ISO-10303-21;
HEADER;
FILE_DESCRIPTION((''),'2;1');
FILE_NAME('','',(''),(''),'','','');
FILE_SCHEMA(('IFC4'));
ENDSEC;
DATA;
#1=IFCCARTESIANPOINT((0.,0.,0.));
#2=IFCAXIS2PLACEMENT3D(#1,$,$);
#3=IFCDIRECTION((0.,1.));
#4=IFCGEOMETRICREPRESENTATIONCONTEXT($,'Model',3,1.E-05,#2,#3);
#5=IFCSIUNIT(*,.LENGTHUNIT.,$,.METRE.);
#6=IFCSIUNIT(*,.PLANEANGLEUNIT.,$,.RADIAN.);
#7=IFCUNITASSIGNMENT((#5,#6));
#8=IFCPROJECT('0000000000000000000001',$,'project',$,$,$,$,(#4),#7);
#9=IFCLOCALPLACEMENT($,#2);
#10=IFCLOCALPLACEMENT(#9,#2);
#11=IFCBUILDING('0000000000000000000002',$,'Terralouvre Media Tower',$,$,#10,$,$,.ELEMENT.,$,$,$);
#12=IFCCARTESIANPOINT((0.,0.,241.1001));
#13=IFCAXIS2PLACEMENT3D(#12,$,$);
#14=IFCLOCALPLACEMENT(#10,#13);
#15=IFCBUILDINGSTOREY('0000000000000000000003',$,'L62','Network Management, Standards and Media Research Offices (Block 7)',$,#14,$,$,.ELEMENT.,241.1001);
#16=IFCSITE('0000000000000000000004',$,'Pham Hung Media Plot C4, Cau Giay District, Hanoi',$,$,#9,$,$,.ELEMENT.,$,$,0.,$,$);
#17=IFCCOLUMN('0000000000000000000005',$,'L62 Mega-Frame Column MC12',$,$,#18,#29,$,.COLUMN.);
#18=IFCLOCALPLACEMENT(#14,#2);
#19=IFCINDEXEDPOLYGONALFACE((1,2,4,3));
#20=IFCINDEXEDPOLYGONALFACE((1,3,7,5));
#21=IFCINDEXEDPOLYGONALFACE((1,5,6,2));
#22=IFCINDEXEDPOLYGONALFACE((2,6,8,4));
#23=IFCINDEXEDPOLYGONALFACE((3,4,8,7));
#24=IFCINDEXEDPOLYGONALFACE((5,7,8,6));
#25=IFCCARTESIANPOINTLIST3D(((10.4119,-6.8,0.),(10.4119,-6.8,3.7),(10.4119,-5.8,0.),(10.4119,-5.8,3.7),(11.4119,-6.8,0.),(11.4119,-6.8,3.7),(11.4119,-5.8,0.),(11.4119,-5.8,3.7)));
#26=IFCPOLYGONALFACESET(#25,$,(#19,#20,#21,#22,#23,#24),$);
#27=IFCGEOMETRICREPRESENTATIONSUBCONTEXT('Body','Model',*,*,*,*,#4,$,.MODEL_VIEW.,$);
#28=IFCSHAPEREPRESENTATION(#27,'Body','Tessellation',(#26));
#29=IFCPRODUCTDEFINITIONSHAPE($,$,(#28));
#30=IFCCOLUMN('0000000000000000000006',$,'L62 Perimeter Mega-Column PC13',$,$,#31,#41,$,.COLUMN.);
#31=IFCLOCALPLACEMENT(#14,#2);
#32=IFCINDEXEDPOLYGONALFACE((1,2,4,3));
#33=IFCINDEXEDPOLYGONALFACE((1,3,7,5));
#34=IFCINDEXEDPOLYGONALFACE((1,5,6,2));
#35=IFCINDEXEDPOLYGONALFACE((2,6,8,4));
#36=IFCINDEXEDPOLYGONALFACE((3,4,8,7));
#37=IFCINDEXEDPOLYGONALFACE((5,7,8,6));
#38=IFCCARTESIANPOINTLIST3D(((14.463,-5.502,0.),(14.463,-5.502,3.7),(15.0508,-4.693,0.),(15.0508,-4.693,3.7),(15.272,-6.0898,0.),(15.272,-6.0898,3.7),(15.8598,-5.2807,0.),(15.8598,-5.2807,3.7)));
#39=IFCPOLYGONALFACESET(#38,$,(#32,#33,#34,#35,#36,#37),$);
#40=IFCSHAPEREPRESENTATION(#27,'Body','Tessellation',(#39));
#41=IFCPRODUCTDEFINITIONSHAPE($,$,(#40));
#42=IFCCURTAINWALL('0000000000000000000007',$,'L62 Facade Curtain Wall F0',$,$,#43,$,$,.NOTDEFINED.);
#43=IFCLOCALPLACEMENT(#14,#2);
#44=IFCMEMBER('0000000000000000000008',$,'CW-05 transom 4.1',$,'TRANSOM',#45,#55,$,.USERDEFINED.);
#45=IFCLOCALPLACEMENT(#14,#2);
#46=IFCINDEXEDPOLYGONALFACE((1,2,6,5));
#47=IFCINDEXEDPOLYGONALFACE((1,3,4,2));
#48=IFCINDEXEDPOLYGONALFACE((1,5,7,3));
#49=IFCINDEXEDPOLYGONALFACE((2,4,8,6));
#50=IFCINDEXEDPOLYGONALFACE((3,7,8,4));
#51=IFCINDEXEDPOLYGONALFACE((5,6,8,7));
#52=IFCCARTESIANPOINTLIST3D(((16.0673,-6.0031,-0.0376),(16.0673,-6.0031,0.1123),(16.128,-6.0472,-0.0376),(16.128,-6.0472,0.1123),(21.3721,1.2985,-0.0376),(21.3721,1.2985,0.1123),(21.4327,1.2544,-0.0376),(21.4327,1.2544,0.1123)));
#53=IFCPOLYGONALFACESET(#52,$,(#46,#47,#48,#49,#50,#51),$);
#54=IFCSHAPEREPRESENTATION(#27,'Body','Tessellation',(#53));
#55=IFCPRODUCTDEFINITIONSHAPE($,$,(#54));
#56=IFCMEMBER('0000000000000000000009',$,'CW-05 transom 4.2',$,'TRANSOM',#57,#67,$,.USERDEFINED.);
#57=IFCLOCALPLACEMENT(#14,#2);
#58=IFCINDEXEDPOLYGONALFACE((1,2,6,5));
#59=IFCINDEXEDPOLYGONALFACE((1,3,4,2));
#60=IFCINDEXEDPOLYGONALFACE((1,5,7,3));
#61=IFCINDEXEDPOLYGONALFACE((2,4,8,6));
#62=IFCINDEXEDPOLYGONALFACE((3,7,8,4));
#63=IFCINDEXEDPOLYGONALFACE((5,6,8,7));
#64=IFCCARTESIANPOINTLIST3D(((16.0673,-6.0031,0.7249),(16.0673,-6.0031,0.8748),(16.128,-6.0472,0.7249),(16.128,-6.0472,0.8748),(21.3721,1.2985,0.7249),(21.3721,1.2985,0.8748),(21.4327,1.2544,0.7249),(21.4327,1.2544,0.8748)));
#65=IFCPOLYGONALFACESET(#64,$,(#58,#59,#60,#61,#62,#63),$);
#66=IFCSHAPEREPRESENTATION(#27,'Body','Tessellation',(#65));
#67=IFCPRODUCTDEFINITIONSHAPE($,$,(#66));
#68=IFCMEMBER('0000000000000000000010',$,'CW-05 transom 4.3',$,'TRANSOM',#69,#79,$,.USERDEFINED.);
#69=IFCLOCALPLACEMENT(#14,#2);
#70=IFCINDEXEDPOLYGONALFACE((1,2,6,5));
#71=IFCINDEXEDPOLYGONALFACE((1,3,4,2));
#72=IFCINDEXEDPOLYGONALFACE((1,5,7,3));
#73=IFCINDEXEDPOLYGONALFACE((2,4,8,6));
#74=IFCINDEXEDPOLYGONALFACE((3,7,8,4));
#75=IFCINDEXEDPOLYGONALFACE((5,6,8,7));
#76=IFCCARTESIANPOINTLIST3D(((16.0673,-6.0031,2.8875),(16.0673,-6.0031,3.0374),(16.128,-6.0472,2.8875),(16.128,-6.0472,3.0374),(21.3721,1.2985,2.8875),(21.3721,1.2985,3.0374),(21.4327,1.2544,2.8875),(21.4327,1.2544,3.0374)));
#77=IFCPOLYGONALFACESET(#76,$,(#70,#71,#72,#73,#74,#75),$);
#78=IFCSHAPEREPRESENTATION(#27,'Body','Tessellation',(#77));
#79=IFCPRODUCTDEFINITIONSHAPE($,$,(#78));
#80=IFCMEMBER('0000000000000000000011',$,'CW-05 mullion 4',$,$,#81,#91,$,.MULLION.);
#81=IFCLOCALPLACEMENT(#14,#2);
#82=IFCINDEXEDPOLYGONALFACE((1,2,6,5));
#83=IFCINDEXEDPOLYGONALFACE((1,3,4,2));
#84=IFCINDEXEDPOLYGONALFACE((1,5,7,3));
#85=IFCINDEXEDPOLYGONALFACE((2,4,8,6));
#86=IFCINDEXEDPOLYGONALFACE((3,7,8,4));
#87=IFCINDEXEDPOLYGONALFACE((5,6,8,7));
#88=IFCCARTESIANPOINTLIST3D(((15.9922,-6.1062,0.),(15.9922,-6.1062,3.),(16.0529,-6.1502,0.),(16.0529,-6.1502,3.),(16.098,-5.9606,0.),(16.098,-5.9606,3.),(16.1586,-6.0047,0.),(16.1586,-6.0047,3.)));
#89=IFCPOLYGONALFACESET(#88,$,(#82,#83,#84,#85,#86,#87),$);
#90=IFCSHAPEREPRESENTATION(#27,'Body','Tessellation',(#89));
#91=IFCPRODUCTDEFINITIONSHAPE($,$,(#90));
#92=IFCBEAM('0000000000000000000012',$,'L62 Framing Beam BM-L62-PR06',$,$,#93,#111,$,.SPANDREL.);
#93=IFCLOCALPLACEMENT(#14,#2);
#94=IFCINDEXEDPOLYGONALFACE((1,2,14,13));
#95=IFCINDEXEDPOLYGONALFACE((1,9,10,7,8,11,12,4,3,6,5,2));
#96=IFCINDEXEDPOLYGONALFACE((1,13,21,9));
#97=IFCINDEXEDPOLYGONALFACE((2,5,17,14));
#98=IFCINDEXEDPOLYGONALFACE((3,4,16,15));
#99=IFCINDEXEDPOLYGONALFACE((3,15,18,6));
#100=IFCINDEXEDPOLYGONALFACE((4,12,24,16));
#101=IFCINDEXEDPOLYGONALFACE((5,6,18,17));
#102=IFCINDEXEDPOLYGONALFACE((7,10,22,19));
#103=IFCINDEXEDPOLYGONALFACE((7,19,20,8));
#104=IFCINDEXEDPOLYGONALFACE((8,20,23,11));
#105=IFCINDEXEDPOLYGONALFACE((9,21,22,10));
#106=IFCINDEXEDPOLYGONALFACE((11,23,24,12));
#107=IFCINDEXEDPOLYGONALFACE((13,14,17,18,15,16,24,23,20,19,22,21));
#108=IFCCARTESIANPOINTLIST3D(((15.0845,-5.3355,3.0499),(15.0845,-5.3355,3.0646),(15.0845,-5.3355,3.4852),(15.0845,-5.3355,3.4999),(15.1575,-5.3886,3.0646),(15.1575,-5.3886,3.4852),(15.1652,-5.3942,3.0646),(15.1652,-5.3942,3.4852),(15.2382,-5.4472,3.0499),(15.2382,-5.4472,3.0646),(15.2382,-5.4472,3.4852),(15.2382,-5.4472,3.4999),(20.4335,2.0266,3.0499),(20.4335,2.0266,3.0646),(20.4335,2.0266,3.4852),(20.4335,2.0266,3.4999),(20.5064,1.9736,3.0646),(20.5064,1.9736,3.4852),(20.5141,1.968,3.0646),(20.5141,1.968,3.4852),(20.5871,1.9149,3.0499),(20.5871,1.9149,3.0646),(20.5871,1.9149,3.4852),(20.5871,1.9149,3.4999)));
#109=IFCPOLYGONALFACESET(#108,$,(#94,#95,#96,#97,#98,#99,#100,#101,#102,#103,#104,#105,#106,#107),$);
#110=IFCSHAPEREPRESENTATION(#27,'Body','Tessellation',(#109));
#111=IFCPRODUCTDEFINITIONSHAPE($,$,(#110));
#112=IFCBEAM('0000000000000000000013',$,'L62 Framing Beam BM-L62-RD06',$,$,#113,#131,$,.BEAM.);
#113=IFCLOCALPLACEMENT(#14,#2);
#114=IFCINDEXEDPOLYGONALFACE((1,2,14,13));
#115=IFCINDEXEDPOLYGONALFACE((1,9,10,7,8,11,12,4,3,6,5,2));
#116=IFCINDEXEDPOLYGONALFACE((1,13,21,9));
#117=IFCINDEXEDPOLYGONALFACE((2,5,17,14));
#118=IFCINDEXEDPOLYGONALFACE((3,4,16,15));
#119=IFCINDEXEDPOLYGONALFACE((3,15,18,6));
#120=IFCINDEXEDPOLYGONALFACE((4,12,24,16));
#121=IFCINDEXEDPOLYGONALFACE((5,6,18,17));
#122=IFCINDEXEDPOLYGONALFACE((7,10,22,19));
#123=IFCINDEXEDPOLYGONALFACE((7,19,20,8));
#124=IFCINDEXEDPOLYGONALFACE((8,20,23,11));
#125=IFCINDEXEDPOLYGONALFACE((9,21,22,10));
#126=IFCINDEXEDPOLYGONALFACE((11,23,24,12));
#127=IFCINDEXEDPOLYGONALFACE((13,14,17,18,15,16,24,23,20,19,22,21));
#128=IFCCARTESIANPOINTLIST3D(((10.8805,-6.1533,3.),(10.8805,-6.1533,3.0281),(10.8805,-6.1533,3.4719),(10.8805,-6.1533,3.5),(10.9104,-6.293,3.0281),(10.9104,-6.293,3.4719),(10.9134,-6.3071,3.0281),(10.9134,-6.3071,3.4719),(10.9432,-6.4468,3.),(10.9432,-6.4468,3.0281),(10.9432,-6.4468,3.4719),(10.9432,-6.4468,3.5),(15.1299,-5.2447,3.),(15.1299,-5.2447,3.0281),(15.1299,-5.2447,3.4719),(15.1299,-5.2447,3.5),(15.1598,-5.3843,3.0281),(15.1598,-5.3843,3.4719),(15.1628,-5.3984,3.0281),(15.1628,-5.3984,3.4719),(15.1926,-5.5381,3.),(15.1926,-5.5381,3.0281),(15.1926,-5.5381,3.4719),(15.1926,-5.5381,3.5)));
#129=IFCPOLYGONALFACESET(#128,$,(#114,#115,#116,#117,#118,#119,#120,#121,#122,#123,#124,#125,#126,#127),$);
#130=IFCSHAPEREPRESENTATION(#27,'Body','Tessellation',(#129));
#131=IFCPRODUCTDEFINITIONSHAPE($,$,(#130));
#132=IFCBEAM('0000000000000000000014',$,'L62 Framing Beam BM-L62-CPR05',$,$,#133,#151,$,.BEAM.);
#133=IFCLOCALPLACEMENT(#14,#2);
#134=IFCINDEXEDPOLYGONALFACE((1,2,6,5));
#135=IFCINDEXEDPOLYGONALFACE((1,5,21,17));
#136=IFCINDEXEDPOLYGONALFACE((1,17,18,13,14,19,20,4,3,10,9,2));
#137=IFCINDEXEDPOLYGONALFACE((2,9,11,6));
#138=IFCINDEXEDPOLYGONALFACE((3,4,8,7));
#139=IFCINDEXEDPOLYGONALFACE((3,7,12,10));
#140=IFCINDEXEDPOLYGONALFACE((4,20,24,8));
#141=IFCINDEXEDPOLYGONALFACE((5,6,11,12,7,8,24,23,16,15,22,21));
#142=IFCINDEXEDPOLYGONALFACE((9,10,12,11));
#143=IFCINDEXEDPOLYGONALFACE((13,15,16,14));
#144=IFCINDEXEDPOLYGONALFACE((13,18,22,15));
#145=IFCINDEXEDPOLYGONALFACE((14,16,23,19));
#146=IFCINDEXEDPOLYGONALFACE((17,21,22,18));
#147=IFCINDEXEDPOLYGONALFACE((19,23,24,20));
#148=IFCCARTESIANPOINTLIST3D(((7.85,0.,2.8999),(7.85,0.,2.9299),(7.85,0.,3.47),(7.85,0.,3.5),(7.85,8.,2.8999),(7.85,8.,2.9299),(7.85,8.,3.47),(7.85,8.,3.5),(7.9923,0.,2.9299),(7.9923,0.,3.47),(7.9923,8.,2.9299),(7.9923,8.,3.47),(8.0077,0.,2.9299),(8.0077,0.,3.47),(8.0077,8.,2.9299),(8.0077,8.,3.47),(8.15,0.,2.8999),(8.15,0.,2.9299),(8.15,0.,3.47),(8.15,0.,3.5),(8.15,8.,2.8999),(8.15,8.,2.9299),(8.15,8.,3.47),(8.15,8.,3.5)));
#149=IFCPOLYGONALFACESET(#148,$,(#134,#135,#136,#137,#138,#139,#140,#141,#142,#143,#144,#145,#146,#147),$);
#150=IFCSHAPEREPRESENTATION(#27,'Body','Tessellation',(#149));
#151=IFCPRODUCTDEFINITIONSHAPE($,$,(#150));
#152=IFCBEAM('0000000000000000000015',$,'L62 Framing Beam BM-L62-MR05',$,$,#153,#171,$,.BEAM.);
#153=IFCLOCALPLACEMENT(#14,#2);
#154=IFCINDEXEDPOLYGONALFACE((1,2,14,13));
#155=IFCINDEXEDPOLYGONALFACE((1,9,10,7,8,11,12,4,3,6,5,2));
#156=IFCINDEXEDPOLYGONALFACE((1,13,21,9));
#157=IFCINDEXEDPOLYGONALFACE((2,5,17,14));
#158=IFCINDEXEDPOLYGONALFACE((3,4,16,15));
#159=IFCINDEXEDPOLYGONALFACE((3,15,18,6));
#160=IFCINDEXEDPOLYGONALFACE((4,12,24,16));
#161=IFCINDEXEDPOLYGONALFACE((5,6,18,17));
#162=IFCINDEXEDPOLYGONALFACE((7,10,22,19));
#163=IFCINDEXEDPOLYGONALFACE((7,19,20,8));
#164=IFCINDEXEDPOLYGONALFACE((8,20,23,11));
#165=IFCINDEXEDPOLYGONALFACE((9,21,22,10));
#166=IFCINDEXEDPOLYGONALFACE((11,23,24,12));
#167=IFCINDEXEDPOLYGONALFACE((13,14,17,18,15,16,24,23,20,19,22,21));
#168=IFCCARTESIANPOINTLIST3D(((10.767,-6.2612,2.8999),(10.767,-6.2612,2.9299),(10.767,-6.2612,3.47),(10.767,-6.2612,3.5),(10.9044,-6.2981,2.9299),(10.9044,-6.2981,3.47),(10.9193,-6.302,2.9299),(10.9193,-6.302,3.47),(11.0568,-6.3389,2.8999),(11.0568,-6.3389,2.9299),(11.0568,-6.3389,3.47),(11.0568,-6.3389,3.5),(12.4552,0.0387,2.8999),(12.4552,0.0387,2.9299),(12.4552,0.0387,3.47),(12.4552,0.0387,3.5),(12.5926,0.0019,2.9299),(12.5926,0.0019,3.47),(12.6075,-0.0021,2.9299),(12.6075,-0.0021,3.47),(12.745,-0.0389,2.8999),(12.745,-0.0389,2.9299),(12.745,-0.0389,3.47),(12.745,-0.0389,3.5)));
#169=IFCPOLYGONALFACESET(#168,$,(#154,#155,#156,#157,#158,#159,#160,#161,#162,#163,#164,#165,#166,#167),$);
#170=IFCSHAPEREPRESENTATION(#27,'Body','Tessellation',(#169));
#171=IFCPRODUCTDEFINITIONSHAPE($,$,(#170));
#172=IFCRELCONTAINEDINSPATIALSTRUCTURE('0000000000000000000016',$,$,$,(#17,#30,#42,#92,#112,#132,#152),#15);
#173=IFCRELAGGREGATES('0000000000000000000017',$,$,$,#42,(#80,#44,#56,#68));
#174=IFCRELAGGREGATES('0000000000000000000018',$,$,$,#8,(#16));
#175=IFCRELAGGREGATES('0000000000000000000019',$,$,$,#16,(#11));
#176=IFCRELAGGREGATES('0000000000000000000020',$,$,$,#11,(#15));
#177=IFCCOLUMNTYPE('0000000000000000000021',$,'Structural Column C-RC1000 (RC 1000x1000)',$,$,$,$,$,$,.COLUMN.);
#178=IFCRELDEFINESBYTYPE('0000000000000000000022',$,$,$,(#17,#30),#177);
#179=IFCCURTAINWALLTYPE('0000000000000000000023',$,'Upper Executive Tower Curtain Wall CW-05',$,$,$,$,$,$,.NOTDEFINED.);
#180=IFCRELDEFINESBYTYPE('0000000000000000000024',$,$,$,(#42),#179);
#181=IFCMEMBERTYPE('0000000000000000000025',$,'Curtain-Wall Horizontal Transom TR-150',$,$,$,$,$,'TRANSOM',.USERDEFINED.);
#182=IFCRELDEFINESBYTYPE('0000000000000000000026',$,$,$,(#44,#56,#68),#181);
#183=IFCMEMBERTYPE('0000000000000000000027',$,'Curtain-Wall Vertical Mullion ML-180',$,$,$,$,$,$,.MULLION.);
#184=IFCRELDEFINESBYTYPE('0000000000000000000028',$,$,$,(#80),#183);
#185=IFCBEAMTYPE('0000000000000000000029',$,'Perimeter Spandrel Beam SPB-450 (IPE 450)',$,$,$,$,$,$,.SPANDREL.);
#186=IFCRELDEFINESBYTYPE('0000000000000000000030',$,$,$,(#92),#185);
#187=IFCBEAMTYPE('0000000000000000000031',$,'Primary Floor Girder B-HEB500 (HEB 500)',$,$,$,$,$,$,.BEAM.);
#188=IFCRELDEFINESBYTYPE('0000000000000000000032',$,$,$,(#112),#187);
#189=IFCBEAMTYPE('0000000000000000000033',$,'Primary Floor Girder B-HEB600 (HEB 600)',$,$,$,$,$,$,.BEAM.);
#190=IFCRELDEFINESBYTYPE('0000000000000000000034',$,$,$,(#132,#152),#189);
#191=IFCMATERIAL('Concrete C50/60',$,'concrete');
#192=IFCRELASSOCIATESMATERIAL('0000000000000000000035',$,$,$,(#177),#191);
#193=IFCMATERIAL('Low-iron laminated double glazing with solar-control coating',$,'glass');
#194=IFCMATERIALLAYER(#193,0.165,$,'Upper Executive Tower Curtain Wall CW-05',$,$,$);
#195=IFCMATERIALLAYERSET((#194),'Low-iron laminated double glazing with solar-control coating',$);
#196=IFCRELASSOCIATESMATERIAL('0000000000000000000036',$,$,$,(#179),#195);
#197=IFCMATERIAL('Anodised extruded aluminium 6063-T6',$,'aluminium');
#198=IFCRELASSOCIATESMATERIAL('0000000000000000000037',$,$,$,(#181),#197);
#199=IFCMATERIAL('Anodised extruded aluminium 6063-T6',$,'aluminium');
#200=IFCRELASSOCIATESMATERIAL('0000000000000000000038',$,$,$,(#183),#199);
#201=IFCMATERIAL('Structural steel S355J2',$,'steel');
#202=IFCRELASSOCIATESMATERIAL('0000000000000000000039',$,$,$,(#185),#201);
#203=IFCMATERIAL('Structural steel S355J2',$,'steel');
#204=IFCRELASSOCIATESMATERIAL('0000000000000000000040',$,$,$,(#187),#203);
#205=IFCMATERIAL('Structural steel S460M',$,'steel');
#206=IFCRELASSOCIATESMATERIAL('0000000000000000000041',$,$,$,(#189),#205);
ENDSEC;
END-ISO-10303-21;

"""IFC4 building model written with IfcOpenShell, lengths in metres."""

from ifc_helpers import new_model, si_unit, direction, frame, origin, origin_2d, place, context, subcontext, project, spatial, rectangle, i_section, extrude, material, layer, layer_set, material_profile, profile_set, type_object, element, aggregate, save


model = new_model("IFC4")

# Units and contexts
model_context = context("Model", 3, precision=1e-05, world=origin(), true_north=direction((0.0, 1.0)))
body_context = subcontext(model_context, "Body", "Model", "MODEL_VIEW")
ifc_project = project(units=[si_unit("LENGTHUNIT", "METRE"), si_unit("PLANEANGLEUNIT", "RADIAN")], contexts=[model_context])

# Site, building, storey
site_placement = place(None, origin())
site = spatial("IfcSite", under=ifc_project, at=site_placement, Name="Pham Hung Media Plot C4, Cau Giay District, Hanoi", CompositionType="ELEMENT", RefElevation=0.0)
building_placement = place(site_placement, origin())
building = spatial("IfcBuilding", under=site, at=building_placement, Name="Terralouvre Media Tower", CompositionType="ELEMENT")
storey_placement = place(building_placement, frame((0.0, 0.0, 241.1001)))
storey = spatial("IfcBuildingStorey", under=building, at=storey_placement, Name="L62", Description="Network Management, Standards and Media Research Offices (Block 7)", CompositionType="ELEMENT", Elevation=241.1001)

# Columns
ifc_material_1 = material(Name="Concrete C50/60", Category="concrete")
ifc_material_profile_1 = material_profile(ifc_material_1, rectangle(XDim=1.0, YDim=1.0, at=origin_2d()), Name="RC 1000x1000")
ifc_profile_set_1 = profile_set([ifc_material_profile_1], Name="Concrete C50/60")
column_type = type_object("IfcColumnType", Name="Structural Column C-RC1000 (RC 1000x1000)", PredefinedType="COLUMN", material=ifc_profile_set_1)
for number, where, z_axis, x_axis, name in (
    (1, (10.9119, -6.3, 0.0), (0.0, 0.0, 1.0), (1.0, 0.0, 0.0), "L62 Mega-Frame Column MC12"),
    (2, (15.1614, -5.3914, 0.0), (0.0, 0.0, 1.0), (0.587785, 0.809017, 0.0), "L62 Perimeter Mega-Column PC13"),
):
    element("IfcColumn", number, at=place(storey_placement, frame(where, z_axis=z_axis, x_axis=x_axis)), inside=storey, type_object=column_type, Name=name, PredefinedType="COLUMN", context=body_context, shape_type="SweptSolid", body=[
        extrude(rectangle(XDim=1.0, YDim=1.0, at=origin_2d()), origin(), (0.0, 0.0, 1.0), 3.7),
    ])

# Curtain wall, members
ifc_material_2 = material(Name="Low-iron laminated double glazing with solar-control coating", Category="glass")
ifc_layer_1 = layer(ifc_material_2, 0.165, Name="Upper Executive Tower Curtain Wall CW-05")
ifc_layer_set_1 = layer_set([ifc_layer_1], Name="Low-iron laminated double glazing with solar-control coating")
curtain_wall_type = type_object("IfcCurtainWallType", Name="Upper Executive Tower Curtain Wall CW-05", PredefinedType="NOTDEFINED", material=ifc_layer_set_1)
curtain_wall_placement = place(storey_placement, origin())
curtain_wall = element("IfcCurtainWall", 3, at=curtain_wall_placement, inside=storey, type_object=curtain_wall_type, Name="L62 Facade Curtain Wall F0", PredefinedType="NOTDEFINED")
ifc_material_3 = material(Name="Anodised extruded aluminium 6063-T6", Category="aluminium")
ifc_material_profile_2 = material_profile(ifc_material_3, rectangle(XDim=0.075, YDim=0.1499, at=origin_2d()), Name="ALU 75x150")
ifc_profile_set_2 = profile_set([ifc_material_profile_2], Name="Anodised extruded aluminium 6063-T6")
member_type_1 = type_object("IfcMemberType", Name="Curtain-Wall Horizontal Transom TR-150", ElementType="TRANSOM", PredefinedType="USERDEFINED", material=ifc_profile_set_2)
member_1_placement = place(storey_placement, frame((16.0977, -6.0251, 0.0374), z_axis=(0.587773, 0.809026, 0.0), x_axis=(-0.809026, 0.587773, 0.0)))
member_1 = element("IfcMember", 4, at=member_1_placement, type_object=member_type_1, Name="CW-05 transom 4.1", ObjectType="TRANSOM", PredefinedType="USERDEFINED", context=body_context, shape_type="SweptSolid", body=[
    extrude(rectangle(XDim=0.075, YDim=0.1499, at=origin_2d()), origin(), (0.0, 0.0, 1.0), 9.0251),
])
member_2_placement = place(storey_placement, frame((16.0977, -6.0251, 0.7998), z_axis=(0.587773, 0.809026, 0.0), x_axis=(-0.809026, 0.587773, 0.0)))
member_2 = element("IfcMember", 5, at=member_2_placement, type_object=member_type_1, Name="CW-05 transom 4.2", ObjectType="TRANSOM", PredefinedType="USERDEFINED", context=body_context, shape_type="SweptSolid", body=[
    extrude(rectangle(XDim=0.075, YDim=0.1499, at=origin_2d()), origin(), (0.0, 0.0, 1.0), 9.0251),
])
member_3_placement = place(storey_placement, frame((16.0977, -6.0251, 2.9624), z_axis=(0.587773, 0.809026, 0.0), x_axis=(-0.809026, 0.587773, 0.0)))
member_3 = element("IfcMember", 6, at=member_3_placement, type_object=member_type_1, Name="CW-05 transom 4.3", ObjectType="TRANSOM", PredefinedType="USERDEFINED", context=body_context, shape_type="SweptSolid", body=[
    extrude(rectangle(XDim=0.075, YDim=0.1499, at=origin_2d()), origin(), (0.0, 0.0, 1.0), 9.0251),
])
ifc_material_4 = material(Name="Anodised extruded aluminium 6063-T6", Category="aluminium")
ifc_material_profile_3 = material_profile(ifc_material_4, rectangle(XDim=0.075, YDim=0.1799, at=origin_2d()), Name="ALU 75x180")
ifc_profile_set_3 = profile_set([ifc_material_profile_3], Name="Anodised extruded aluminium 6063-T6")
member_type_2 = type_object("IfcMemberType", Name="Curtain-Wall Vertical Mullion ML-180", PredefinedType="MULLION", material=ifc_profile_set_3)
member_4_placement = place(storey_placement, frame((16.0754, -6.0554, 0.0), z_axis=(0.0, 0.0, 1.0), x_axis=(-0.809017, 0.587785, 0.0)))
member_4 = element("IfcMember", 7, at=member_4_placement, type_object=member_type_2, Name="CW-05 mullion 4", PredefinedType="MULLION", context=body_context, shape_type="SweptSolid", body=[
    extrude(rectangle(XDim=0.075, YDim=0.1799, at=origin_2d()), origin(), (0.0, 0.0, 1.0), 3.0),
])

# Beams
ifc_material_5 = material(Name="Structural steel S355J2", Category="steel")
ifc_material_profile_4 = material_profile(ifc_material_5, i_section(OverallWidth=0.1899, OverallDepth=0.45, WebThickness=0.0095, FlangeThickness=0.0146, at=origin_2d()), Name="IPE 450")
ifc_profile_set_4 = profile_set([ifc_material_profile_4], Name="Structural steel S355J2")
beam_type_1 = type_object("IfcBeamType", Name="Perimeter Spandrel Beam SPB-450 (IPE 450)", PredefinedType="SPANDREL", material=ifc_profile_set_4)
beam_1_placement = place(storey_placement, frame((15.1614, -5.3914, 3.2749), z_axis=(0.587787, 0.809016, 0.0), x_axis=(-0.809016, 0.587787, 0.0)))
element("IfcBeam", 8, at=beam_1_placement, inside=storey, type_object=beam_type_1, Name="L62 Framing Beam BM-L62-PR06", PredefinedType="SPANDREL", context=body_context, shape_type="SweptSolid", body=[
    extrude(i_section(OverallWidth=0.1899, OverallDepth=0.45, WebThickness=0.0095, FlangeThickness=0.0146, at=origin_2d()), origin(), (0.0, 0.0, 1.0), 9.1001),
])
ifc_material_6 = material(Name="Structural steel S355J2", Category="steel")
ifc_material_profile_5 = material_profile(ifc_material_6, i_section(OverallWidth=0.3, OverallDepth=0.5, WebThickness=0.0144, FlangeThickness=0.0281, at=origin_2d()), Name="HEB 500")
ifc_profile_set_5 = profile_set([ifc_material_profile_5], Name="Structural steel S355J2")
beam_type_2 = type_object("IfcBeamType", Name="Primary Floor Girder B-HEB500 (HEB 500)", PredefinedType="BEAM", material=ifc_profile_set_5)
beam_2_placement = place(storey_placement, frame((10.9119, -6.3, 3.25), z_axis=(0.977893, 0.209107, 0.0), x_axis=(-0.209107, 0.977893, 0.0)))
element("IfcBeam", 9, at=beam_2_placement, inside=storey, type_object=beam_type_2, Name="L62 Framing Beam BM-L62-RD06", PredefinedType="BEAM", context=body_context, shape_type="SweptSolid", body=[
    extrude(i_section(OverallWidth=0.3, OverallDepth=0.5, WebThickness=0.0144, FlangeThickness=0.0281, at=origin_2d()), origin(), (0.0, 0.0, 1.0), 4.3455),
])
ifc_material_7 = material(Name="Structural steel S460M", Category="steel")
ifc_material_profile_6 = material_profile(ifc_material_7, i_section(OverallWidth=0.3, OverallDepth=0.6001, WebThickness=0.0154, FlangeThickness=0.03, at=origin_2d()), Name="HEB 600")
ifc_profile_set_6 = profile_set([ifc_material_profile_6], Name="Structural steel S460M")
beam_type_3 = type_object("IfcBeamType", Name="Primary Floor Girder B-HEB600 (HEB 600)", PredefinedType="BEAM", material=ifc_profile_set_6)
beam_3_placement = place(storey_placement, frame((8.0, 0.0, 3.2), z_axis=(0.0, 1.0, 0.0), x_axis=(-1.0, 0.0, 0.0)))
element("IfcBeam", 10, at=beam_3_placement, inside=storey, type_object=beam_type_3, Name="L62 Framing Beam BM-L62-CPR05", PredefinedType="BEAM", context=body_context, shape_type="SweptSolid", body=[
    extrude(i_section(OverallWidth=0.3, OverallDepth=0.6001, WebThickness=0.0154, FlangeThickness=0.03, at=origin_2d()), origin(), (0.0, 0.0, 1.0), 8.0),
])
beam_4_placement = place(storey_placement, frame((10.9119, -6.3, 3.2), z_axis=(0.258839, 0.96592, 0.0), x_axis=(-0.96592, 0.258839, 0.0)))
element("IfcBeam", 11, at=beam_4_placement, inside=storey, type_object=beam_type_3, Name="L62 Framing Beam BM-L62-MR05", PredefinedType="BEAM", context=body_context, shape_type="SweptSolid", body=[
    extrude(i_section(OverallWidth=0.3, OverallDepth=0.6001, WebThickness=0.0154, FlangeThickness=0.03, at=origin_2d()), origin(), (0.0, 0.0, 1.0), 6.5222),
])

aggregate(curtain_wall, [member_4, member_1, member_2, member_3])

save(model, "model.ifc")
